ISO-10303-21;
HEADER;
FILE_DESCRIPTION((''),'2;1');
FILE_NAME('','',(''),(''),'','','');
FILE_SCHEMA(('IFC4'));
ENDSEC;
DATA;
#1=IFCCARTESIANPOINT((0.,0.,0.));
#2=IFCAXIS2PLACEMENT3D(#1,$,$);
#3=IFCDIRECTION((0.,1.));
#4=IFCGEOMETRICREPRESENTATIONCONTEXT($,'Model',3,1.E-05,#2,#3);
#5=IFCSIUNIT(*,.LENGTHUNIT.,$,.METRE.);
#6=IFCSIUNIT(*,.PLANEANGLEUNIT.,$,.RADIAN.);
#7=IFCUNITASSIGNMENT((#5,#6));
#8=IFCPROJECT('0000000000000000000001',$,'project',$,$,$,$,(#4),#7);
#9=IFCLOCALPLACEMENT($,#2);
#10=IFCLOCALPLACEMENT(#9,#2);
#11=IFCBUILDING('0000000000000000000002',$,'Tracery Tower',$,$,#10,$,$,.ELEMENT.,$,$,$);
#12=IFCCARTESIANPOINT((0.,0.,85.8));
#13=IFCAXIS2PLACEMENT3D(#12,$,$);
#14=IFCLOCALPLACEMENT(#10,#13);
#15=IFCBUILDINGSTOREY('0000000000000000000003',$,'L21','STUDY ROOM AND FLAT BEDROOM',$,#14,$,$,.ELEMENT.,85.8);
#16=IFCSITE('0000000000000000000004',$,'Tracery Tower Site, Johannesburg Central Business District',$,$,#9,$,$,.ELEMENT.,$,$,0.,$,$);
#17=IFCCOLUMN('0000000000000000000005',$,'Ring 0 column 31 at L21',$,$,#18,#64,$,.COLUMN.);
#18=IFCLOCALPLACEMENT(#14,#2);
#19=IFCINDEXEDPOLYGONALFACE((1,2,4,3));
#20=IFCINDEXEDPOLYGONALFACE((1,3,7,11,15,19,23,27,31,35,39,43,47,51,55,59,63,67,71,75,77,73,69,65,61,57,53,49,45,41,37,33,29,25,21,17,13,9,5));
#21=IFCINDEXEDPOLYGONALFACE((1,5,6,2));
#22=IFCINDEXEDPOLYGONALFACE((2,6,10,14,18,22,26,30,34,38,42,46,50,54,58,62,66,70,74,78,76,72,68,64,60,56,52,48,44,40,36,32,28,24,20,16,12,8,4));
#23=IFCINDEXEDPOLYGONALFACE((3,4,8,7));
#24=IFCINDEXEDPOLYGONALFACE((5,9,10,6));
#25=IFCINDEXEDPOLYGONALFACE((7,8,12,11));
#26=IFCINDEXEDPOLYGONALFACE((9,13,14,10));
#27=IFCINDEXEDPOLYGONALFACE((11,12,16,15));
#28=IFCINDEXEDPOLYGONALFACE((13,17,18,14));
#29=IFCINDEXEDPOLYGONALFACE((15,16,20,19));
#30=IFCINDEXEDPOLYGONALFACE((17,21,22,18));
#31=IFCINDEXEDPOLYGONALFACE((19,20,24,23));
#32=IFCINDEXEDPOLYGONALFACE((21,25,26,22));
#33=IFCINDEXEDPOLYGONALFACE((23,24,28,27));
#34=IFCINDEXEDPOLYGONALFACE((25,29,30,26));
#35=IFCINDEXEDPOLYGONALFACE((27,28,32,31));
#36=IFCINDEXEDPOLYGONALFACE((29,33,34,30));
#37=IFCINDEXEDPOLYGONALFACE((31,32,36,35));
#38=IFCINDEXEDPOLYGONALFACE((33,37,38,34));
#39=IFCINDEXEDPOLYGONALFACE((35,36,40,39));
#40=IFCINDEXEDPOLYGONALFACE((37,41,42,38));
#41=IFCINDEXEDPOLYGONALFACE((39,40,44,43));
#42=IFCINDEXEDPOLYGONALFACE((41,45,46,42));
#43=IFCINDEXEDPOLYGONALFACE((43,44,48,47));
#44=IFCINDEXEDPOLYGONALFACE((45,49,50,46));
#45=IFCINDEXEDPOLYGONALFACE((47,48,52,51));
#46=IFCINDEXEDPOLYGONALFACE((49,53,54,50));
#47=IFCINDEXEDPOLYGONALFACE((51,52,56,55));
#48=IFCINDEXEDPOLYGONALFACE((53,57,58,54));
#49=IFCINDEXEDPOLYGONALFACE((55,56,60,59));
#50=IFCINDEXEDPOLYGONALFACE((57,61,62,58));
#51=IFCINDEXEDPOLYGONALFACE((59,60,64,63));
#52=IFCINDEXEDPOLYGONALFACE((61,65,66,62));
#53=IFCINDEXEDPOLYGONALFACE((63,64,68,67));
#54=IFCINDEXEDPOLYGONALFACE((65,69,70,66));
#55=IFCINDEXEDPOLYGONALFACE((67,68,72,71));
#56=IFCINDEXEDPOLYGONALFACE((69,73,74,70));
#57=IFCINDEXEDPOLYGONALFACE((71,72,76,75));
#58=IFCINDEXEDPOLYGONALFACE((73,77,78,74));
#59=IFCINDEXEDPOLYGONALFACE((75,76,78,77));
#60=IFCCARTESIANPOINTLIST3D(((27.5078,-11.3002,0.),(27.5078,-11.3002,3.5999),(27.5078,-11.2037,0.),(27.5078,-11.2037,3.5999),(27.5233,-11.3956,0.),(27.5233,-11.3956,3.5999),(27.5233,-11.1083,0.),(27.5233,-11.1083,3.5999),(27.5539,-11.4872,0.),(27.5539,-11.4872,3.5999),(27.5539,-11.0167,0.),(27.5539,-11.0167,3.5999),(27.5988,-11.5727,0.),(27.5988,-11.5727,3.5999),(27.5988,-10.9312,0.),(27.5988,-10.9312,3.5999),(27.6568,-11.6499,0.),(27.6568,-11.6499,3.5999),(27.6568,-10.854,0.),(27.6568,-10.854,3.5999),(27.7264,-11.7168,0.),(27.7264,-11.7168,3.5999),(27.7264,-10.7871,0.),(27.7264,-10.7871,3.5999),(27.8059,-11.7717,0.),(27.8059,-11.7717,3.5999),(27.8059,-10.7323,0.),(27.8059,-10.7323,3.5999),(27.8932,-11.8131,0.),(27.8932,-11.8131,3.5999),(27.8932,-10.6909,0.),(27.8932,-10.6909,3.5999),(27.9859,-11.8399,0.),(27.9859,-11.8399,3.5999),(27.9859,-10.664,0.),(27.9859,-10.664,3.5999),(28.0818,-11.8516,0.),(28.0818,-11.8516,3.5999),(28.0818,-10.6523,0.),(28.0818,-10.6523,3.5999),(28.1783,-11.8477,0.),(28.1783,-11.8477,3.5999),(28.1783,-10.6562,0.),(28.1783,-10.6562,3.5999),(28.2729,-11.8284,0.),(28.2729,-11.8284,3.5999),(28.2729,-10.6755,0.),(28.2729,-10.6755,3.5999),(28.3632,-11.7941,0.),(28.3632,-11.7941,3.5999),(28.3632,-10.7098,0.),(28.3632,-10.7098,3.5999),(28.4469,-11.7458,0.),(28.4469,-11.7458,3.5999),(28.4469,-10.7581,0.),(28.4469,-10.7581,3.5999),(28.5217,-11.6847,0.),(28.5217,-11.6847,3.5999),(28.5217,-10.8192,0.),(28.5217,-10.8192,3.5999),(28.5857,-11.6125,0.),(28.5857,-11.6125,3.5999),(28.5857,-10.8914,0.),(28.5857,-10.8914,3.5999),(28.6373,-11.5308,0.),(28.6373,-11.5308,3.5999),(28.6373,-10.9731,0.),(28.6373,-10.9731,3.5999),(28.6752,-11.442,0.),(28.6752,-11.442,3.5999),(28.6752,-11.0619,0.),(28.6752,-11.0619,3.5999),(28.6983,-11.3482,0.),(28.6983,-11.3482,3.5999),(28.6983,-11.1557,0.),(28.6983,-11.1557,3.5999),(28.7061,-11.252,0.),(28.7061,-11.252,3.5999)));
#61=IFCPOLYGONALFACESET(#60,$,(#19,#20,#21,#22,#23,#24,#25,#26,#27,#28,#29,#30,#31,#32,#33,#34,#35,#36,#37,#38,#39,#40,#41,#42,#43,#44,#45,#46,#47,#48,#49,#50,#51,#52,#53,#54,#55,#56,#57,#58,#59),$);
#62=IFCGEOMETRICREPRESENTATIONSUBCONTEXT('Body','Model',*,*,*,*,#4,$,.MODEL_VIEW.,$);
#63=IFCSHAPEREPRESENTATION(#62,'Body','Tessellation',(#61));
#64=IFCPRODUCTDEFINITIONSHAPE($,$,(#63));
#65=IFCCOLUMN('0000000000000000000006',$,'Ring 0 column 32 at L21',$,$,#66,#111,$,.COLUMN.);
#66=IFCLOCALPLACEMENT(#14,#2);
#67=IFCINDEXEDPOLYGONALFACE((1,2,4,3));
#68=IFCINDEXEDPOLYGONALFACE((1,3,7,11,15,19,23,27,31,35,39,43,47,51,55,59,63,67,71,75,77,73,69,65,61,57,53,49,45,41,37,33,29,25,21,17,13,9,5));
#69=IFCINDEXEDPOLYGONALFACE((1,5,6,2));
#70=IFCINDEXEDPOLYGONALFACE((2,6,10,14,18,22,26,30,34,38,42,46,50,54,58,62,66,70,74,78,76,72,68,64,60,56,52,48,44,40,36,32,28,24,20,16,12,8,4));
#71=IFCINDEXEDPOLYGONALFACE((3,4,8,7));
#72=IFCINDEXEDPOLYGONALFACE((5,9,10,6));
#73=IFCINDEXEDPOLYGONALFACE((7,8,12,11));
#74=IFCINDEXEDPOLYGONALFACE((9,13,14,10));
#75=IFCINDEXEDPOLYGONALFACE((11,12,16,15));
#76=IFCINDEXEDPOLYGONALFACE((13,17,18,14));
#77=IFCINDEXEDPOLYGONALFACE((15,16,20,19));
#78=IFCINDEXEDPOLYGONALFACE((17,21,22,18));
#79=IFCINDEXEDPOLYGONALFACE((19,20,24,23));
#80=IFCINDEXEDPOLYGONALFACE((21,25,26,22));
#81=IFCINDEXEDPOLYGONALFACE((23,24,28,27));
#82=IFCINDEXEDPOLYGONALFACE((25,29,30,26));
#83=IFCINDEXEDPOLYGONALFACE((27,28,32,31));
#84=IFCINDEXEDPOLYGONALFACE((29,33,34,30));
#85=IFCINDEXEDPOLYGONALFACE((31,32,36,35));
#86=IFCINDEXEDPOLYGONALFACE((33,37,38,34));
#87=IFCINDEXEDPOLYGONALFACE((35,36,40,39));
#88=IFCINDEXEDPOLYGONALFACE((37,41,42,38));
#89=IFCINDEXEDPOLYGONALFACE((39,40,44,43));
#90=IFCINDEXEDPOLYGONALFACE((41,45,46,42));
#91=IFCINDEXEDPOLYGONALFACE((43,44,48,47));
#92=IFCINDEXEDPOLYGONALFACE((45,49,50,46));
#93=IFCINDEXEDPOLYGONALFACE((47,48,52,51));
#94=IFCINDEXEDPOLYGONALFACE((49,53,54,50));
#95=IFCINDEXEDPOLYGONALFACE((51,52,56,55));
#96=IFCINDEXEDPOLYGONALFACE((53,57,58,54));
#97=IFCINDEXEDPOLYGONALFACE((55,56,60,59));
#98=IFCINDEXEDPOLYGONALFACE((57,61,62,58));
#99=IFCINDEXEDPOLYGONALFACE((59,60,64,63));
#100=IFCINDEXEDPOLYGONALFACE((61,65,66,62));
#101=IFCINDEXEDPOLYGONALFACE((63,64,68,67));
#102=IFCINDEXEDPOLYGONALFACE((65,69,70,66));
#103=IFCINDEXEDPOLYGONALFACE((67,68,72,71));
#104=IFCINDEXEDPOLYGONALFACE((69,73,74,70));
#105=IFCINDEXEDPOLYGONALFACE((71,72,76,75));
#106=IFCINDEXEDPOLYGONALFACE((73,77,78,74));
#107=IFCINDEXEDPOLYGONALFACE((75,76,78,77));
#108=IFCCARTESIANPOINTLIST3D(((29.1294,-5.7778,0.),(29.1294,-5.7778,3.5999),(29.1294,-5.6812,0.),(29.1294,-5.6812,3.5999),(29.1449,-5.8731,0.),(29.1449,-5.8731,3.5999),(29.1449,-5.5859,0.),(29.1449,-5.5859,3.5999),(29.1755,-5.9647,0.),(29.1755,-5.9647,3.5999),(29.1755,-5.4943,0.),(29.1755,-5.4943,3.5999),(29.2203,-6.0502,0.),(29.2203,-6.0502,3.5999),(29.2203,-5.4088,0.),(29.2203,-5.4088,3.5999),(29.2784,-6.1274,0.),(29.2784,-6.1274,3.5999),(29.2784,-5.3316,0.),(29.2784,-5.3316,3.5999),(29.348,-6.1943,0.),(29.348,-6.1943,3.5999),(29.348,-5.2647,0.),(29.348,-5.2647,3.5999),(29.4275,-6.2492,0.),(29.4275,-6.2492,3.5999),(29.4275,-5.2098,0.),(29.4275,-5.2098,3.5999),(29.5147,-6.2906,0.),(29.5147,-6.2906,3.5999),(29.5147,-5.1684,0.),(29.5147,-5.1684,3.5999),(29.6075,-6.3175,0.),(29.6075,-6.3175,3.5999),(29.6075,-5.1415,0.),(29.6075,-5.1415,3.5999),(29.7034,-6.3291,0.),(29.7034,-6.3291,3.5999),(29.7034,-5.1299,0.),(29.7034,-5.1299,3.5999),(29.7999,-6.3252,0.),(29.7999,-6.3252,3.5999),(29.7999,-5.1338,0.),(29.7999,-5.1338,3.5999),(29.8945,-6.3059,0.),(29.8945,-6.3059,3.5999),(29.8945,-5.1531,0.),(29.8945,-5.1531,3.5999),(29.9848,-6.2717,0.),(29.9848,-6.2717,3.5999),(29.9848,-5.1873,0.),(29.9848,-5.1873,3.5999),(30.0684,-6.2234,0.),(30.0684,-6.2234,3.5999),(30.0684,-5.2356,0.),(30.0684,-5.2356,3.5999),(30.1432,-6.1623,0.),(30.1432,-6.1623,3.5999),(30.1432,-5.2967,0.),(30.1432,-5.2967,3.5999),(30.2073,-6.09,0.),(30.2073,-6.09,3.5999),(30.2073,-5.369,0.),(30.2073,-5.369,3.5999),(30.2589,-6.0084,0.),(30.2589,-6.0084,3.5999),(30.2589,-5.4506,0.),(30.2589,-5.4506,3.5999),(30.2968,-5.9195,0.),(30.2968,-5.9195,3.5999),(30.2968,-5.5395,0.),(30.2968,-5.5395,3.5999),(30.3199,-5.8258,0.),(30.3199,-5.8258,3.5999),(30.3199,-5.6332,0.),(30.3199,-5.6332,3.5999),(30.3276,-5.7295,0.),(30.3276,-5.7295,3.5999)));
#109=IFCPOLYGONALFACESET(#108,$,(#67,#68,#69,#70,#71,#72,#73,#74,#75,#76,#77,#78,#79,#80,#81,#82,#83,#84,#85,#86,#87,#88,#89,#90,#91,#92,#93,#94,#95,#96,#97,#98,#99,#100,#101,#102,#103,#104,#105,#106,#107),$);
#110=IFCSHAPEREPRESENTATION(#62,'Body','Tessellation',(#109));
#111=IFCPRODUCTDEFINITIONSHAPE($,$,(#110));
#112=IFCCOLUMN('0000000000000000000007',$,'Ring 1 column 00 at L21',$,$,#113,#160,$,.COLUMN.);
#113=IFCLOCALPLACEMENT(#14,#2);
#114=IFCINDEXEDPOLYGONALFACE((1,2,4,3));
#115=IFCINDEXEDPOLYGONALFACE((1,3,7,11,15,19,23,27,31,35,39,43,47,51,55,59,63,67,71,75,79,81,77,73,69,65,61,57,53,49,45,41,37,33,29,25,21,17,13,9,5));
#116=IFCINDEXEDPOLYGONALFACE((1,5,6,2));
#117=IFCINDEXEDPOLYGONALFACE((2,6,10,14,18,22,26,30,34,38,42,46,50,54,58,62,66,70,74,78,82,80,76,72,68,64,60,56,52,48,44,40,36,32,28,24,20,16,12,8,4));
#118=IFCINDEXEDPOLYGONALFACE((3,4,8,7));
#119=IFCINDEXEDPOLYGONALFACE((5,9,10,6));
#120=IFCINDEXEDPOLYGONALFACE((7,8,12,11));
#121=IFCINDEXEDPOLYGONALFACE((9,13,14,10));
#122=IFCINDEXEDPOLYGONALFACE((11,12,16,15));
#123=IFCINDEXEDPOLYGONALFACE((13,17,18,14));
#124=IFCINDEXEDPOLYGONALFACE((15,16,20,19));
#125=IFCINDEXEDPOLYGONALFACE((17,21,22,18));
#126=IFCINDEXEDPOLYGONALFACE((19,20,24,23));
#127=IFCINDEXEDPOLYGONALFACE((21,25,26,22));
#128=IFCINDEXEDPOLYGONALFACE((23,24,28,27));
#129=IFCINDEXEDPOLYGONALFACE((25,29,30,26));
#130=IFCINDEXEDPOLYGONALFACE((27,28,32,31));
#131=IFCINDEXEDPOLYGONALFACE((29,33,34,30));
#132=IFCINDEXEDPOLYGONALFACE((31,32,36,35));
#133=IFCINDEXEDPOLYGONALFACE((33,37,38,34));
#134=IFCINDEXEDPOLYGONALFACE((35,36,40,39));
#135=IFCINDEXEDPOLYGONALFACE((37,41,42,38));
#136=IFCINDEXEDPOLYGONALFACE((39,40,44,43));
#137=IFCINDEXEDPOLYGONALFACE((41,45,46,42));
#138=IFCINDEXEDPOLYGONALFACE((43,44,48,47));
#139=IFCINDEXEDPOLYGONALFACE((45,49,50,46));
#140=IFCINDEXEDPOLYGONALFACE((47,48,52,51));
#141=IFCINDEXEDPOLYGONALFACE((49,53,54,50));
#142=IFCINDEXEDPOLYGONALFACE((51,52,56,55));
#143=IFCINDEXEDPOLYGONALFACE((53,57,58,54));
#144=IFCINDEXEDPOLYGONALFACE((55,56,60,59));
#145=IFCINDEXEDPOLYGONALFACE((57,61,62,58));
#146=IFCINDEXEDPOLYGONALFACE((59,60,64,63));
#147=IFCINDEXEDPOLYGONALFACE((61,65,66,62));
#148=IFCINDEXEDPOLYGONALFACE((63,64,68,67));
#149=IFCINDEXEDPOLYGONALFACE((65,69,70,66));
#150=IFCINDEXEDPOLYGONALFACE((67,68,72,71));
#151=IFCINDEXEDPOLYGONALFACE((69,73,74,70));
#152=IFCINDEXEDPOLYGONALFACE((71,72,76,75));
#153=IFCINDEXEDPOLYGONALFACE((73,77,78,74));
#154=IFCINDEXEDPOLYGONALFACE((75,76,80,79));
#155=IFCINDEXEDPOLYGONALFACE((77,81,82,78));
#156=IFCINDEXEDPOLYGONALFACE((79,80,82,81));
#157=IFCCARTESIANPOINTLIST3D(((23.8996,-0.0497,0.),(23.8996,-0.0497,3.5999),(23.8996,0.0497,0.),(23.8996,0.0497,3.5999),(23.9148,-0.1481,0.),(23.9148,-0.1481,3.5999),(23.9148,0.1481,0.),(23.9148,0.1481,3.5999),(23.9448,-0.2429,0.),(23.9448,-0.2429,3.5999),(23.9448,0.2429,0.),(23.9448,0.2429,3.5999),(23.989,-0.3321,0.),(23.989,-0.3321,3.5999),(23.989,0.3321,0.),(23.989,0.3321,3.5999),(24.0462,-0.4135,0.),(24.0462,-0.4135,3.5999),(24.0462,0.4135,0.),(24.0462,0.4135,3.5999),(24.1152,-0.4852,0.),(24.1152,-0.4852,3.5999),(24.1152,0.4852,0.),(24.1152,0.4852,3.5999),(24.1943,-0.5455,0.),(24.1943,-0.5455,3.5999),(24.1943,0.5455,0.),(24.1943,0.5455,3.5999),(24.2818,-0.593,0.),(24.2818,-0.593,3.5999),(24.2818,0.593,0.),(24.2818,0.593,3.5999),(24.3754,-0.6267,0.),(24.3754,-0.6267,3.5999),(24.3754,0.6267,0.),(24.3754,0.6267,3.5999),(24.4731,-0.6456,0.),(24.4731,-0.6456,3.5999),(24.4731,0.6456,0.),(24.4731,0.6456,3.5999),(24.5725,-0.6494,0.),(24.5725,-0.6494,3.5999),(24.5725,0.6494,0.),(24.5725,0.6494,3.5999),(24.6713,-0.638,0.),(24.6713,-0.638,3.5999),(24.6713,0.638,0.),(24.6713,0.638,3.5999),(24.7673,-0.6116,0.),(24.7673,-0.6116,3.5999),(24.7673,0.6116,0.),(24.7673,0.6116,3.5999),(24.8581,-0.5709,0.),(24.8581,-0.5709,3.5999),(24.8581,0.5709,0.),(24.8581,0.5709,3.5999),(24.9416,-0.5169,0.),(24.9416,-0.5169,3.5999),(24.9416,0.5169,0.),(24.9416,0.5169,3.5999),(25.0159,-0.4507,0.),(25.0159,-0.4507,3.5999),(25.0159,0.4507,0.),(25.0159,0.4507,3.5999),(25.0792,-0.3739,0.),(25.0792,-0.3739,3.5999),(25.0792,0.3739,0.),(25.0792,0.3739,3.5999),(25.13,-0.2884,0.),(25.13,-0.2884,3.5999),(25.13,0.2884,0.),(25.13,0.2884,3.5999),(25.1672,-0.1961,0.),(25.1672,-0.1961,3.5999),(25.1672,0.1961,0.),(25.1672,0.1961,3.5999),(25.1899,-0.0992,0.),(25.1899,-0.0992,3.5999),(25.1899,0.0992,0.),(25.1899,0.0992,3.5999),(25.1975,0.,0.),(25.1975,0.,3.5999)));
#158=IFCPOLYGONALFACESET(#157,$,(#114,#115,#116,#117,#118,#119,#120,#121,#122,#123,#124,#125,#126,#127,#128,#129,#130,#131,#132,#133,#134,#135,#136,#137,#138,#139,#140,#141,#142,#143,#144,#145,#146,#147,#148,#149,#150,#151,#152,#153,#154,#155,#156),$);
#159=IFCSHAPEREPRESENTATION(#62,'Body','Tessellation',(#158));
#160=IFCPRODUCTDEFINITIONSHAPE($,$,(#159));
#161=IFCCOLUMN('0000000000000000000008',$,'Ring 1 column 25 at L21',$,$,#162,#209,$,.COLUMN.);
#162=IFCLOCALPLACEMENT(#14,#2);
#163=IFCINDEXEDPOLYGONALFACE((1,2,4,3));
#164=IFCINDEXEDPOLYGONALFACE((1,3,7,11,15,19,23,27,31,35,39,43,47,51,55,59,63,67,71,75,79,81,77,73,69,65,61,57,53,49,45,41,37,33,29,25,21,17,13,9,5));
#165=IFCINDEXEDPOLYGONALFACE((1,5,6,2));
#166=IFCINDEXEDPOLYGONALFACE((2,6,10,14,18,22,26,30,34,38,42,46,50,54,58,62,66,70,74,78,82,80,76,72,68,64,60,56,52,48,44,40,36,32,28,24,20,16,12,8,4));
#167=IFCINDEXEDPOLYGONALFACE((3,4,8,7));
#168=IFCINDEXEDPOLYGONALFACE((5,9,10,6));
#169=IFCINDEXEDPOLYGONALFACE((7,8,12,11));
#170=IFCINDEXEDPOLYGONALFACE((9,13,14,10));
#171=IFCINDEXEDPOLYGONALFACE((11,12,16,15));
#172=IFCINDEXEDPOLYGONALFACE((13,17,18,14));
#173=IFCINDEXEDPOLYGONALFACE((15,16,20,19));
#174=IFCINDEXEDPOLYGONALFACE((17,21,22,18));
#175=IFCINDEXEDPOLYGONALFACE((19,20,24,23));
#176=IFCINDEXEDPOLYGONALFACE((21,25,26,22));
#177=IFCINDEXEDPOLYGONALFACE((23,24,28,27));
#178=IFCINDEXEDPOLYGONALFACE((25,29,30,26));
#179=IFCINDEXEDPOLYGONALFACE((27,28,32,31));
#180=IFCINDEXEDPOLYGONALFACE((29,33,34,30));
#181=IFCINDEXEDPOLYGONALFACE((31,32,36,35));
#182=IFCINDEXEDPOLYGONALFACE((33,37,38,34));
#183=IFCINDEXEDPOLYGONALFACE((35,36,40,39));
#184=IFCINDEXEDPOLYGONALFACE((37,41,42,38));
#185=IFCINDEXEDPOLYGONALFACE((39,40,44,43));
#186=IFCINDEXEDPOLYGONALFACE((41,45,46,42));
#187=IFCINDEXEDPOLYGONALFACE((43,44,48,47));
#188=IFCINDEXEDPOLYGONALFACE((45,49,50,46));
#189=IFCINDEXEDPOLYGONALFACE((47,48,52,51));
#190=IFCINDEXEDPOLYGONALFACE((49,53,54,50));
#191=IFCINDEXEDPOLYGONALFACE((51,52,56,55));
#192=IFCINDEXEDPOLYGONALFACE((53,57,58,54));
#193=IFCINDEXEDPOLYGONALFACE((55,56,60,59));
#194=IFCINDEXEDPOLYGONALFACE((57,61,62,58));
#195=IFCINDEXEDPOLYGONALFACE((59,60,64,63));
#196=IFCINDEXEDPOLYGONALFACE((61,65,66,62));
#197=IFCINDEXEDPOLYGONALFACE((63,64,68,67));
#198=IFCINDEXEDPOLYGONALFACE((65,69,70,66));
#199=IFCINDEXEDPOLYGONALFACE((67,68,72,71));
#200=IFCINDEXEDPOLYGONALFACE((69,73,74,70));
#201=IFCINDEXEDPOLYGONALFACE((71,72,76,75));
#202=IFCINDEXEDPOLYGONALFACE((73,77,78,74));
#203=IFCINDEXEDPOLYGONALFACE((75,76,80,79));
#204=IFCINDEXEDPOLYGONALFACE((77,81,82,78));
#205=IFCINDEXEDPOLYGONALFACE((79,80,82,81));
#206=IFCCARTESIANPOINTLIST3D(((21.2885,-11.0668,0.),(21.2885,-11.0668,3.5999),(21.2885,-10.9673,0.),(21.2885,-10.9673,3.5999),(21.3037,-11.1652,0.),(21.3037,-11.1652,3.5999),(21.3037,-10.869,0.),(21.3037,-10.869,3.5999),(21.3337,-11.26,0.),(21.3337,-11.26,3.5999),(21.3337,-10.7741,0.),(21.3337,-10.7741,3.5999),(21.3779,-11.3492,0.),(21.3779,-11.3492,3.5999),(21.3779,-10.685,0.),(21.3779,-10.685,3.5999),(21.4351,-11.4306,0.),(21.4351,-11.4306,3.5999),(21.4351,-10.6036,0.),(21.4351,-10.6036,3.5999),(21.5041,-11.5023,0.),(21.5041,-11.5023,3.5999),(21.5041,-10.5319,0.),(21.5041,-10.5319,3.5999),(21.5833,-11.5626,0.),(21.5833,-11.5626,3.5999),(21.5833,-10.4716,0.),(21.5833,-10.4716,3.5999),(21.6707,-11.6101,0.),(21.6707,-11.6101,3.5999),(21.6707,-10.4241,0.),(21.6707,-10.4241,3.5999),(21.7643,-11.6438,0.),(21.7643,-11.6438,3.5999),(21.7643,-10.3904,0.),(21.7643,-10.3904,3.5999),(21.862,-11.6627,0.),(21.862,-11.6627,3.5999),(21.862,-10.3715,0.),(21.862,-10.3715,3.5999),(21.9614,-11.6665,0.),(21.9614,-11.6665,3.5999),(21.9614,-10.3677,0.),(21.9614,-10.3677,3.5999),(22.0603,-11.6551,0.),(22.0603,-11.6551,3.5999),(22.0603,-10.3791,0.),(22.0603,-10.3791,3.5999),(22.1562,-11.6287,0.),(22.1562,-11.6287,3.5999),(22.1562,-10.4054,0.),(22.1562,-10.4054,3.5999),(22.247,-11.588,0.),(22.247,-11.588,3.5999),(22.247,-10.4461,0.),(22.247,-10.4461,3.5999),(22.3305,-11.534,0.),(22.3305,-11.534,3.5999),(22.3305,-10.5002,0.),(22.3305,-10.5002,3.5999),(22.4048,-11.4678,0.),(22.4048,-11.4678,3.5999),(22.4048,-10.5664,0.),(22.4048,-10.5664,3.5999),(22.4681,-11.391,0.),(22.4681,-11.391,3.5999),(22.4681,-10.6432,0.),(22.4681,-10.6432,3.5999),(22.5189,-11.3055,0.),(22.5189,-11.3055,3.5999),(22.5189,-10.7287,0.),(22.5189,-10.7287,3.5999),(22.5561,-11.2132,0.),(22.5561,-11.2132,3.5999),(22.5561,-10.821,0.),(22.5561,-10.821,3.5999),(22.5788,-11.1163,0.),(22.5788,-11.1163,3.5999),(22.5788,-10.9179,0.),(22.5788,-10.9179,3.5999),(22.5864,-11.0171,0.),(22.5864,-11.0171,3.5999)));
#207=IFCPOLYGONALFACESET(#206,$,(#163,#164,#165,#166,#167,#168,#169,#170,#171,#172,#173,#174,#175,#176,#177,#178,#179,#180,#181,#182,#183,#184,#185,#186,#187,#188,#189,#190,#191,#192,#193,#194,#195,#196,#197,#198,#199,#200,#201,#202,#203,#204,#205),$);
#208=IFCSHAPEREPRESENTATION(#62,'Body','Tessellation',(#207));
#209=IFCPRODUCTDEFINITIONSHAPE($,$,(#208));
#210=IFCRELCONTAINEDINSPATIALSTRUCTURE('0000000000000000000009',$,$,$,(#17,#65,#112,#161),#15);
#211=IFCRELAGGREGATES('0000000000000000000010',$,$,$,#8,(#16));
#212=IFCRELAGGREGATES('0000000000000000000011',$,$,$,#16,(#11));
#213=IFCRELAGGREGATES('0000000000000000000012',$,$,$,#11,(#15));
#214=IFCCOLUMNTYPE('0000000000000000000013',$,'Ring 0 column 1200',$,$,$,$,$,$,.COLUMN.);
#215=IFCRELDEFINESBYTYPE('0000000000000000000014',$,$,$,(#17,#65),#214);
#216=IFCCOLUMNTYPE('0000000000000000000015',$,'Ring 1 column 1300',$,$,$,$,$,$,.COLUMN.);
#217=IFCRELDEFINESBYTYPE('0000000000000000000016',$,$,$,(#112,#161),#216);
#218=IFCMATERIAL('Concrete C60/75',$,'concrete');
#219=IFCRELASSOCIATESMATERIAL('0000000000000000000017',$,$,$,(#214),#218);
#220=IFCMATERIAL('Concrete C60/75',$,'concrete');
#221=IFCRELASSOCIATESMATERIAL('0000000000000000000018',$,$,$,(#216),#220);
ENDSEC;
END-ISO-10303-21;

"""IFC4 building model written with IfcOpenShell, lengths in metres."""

from ifc_helpers import new_model, si_unit, direction, frame, origin, origin_2d, place, context, subcontext, project, spatial, circle, extrude, material, material_profile, profile_set, type_object, element, save


model = new_model("IFC4")

# Units and contexts
model_context = context("Model", 3, precision=1e-05, world=origin(), true_north=direction((0.0, 1.0)))
body_context = subcontext(model_context, "Body", "Model", "MODEL_VIEW")
ifc_project = project(units=[si_unit("LENGTHUNIT", "METRE"), si_unit("PLANEANGLEUNIT", "RADIAN")], contexts=[model_context])

# Site, building, storey
site_placement = place(None, origin())
site = spatial("IfcSite", under=ifc_project, at=site_placement, Name="Tracery Tower Site, Johannesburg Central Business District", CompositionType="ELEMENT", RefElevation=0.0)
building_placement = place(site_placement, origin())
building = spatial("IfcBuilding", under=site, at=building_placement, Name="Tracery Tower", CompositionType="ELEMENT")
storey_placement = place(building_placement, frame((0.0, 0.0, 85.8)))
storey = spatial("IfcBuildingStorey", under=building, at=storey_placement, Name="L21", Description="STUDY ROOM AND FLAT BEDROOM", CompositionType="ELEMENT", Elevation=85.8)

# Columns
ifc_material_1 = material(Name="Concrete C60/75", Category="concrete")
ifc_material_profile_1 = material_profile(ifc_material_1, circle(Radius=0.6001, at=origin_2d()), Name="RC D1200")
ifc_profile_set_1 = profile_set([ifc_material_profile_1], Name="Concrete C60/75")
column_type_1 = type_object("IfcColumnType", Name="Ring 0 column 1200", PredefinedType="COLUMN", material=ifc_profile_set_1)
for number, where, z_axis, x_axis, name in (
    (1, (28.106, -11.252, 0.0), (0.0, 0.0, 1.0), (1.0, 0.0, 0.0), "Ring 0 column 31 at L21"),
    (2, (29.7275, -5.7295, 0.0), (0.0, 0.0, 1.0), (1.0, 0.0, 0.0), "Ring 0 column 32 at L21"),
):
    element("IfcColumn", number, at=place(storey_placement, frame(where, z_axis=z_axis, x_axis=x_axis)), inside=storey, type_object=column_type_1, Name=name, PredefinedType="COLUMN", context=body_context, shape_type="SweptSolid", body=[
        extrude(circle(Radius=0.6001, at=origin_2d()), origin(), (0.0, 0.0, 1.0), 3.5999),
    ])
ifc_material_2 = material(Name="Concrete C60/75", Category="concrete")
ifc_material_profile_2 = material_profile(ifc_material_2, circle(Radius=0.6499, at=origin_2d()), Name="RC D1300")
ifc_profile_set_2 = profile_set([ifc_material_profile_2], Name="Concrete C60/75")
column_type_2 = type_object("IfcColumnType", Name="Ring 1 column 1300", PredefinedType="COLUMN", material=ifc_profile_set_2)
for number, where, z_axis, x_axis, name in (
    (3, (24.5476, 0.0, 0.0), (0.0, 0.0, 1.0), (1.0, 0.0, 0.0), "Ring 1 column 00 at L21"),
    (4, (21.9365, -11.0171, 0.0), (0.0, 0.0, 1.0), (1.0, 0.0, 0.0), "Ring 1 column 25 at L21"),
):
    element("IfcColumn", number, at=place(storey_placement, frame(where, z_axis=z_axis, x_axis=x_axis)), inside=storey, type_object=column_type_2, Name=name, PredefinedType="COLUMN", context=body_context, shape_type="SweptSolid", body=[
        extrude(circle(Radius=0.6499, at=origin_2d()), origin(), (0.0, 0.0, 1.0), 3.5999),
    ])

save(model, "model.ifc")
